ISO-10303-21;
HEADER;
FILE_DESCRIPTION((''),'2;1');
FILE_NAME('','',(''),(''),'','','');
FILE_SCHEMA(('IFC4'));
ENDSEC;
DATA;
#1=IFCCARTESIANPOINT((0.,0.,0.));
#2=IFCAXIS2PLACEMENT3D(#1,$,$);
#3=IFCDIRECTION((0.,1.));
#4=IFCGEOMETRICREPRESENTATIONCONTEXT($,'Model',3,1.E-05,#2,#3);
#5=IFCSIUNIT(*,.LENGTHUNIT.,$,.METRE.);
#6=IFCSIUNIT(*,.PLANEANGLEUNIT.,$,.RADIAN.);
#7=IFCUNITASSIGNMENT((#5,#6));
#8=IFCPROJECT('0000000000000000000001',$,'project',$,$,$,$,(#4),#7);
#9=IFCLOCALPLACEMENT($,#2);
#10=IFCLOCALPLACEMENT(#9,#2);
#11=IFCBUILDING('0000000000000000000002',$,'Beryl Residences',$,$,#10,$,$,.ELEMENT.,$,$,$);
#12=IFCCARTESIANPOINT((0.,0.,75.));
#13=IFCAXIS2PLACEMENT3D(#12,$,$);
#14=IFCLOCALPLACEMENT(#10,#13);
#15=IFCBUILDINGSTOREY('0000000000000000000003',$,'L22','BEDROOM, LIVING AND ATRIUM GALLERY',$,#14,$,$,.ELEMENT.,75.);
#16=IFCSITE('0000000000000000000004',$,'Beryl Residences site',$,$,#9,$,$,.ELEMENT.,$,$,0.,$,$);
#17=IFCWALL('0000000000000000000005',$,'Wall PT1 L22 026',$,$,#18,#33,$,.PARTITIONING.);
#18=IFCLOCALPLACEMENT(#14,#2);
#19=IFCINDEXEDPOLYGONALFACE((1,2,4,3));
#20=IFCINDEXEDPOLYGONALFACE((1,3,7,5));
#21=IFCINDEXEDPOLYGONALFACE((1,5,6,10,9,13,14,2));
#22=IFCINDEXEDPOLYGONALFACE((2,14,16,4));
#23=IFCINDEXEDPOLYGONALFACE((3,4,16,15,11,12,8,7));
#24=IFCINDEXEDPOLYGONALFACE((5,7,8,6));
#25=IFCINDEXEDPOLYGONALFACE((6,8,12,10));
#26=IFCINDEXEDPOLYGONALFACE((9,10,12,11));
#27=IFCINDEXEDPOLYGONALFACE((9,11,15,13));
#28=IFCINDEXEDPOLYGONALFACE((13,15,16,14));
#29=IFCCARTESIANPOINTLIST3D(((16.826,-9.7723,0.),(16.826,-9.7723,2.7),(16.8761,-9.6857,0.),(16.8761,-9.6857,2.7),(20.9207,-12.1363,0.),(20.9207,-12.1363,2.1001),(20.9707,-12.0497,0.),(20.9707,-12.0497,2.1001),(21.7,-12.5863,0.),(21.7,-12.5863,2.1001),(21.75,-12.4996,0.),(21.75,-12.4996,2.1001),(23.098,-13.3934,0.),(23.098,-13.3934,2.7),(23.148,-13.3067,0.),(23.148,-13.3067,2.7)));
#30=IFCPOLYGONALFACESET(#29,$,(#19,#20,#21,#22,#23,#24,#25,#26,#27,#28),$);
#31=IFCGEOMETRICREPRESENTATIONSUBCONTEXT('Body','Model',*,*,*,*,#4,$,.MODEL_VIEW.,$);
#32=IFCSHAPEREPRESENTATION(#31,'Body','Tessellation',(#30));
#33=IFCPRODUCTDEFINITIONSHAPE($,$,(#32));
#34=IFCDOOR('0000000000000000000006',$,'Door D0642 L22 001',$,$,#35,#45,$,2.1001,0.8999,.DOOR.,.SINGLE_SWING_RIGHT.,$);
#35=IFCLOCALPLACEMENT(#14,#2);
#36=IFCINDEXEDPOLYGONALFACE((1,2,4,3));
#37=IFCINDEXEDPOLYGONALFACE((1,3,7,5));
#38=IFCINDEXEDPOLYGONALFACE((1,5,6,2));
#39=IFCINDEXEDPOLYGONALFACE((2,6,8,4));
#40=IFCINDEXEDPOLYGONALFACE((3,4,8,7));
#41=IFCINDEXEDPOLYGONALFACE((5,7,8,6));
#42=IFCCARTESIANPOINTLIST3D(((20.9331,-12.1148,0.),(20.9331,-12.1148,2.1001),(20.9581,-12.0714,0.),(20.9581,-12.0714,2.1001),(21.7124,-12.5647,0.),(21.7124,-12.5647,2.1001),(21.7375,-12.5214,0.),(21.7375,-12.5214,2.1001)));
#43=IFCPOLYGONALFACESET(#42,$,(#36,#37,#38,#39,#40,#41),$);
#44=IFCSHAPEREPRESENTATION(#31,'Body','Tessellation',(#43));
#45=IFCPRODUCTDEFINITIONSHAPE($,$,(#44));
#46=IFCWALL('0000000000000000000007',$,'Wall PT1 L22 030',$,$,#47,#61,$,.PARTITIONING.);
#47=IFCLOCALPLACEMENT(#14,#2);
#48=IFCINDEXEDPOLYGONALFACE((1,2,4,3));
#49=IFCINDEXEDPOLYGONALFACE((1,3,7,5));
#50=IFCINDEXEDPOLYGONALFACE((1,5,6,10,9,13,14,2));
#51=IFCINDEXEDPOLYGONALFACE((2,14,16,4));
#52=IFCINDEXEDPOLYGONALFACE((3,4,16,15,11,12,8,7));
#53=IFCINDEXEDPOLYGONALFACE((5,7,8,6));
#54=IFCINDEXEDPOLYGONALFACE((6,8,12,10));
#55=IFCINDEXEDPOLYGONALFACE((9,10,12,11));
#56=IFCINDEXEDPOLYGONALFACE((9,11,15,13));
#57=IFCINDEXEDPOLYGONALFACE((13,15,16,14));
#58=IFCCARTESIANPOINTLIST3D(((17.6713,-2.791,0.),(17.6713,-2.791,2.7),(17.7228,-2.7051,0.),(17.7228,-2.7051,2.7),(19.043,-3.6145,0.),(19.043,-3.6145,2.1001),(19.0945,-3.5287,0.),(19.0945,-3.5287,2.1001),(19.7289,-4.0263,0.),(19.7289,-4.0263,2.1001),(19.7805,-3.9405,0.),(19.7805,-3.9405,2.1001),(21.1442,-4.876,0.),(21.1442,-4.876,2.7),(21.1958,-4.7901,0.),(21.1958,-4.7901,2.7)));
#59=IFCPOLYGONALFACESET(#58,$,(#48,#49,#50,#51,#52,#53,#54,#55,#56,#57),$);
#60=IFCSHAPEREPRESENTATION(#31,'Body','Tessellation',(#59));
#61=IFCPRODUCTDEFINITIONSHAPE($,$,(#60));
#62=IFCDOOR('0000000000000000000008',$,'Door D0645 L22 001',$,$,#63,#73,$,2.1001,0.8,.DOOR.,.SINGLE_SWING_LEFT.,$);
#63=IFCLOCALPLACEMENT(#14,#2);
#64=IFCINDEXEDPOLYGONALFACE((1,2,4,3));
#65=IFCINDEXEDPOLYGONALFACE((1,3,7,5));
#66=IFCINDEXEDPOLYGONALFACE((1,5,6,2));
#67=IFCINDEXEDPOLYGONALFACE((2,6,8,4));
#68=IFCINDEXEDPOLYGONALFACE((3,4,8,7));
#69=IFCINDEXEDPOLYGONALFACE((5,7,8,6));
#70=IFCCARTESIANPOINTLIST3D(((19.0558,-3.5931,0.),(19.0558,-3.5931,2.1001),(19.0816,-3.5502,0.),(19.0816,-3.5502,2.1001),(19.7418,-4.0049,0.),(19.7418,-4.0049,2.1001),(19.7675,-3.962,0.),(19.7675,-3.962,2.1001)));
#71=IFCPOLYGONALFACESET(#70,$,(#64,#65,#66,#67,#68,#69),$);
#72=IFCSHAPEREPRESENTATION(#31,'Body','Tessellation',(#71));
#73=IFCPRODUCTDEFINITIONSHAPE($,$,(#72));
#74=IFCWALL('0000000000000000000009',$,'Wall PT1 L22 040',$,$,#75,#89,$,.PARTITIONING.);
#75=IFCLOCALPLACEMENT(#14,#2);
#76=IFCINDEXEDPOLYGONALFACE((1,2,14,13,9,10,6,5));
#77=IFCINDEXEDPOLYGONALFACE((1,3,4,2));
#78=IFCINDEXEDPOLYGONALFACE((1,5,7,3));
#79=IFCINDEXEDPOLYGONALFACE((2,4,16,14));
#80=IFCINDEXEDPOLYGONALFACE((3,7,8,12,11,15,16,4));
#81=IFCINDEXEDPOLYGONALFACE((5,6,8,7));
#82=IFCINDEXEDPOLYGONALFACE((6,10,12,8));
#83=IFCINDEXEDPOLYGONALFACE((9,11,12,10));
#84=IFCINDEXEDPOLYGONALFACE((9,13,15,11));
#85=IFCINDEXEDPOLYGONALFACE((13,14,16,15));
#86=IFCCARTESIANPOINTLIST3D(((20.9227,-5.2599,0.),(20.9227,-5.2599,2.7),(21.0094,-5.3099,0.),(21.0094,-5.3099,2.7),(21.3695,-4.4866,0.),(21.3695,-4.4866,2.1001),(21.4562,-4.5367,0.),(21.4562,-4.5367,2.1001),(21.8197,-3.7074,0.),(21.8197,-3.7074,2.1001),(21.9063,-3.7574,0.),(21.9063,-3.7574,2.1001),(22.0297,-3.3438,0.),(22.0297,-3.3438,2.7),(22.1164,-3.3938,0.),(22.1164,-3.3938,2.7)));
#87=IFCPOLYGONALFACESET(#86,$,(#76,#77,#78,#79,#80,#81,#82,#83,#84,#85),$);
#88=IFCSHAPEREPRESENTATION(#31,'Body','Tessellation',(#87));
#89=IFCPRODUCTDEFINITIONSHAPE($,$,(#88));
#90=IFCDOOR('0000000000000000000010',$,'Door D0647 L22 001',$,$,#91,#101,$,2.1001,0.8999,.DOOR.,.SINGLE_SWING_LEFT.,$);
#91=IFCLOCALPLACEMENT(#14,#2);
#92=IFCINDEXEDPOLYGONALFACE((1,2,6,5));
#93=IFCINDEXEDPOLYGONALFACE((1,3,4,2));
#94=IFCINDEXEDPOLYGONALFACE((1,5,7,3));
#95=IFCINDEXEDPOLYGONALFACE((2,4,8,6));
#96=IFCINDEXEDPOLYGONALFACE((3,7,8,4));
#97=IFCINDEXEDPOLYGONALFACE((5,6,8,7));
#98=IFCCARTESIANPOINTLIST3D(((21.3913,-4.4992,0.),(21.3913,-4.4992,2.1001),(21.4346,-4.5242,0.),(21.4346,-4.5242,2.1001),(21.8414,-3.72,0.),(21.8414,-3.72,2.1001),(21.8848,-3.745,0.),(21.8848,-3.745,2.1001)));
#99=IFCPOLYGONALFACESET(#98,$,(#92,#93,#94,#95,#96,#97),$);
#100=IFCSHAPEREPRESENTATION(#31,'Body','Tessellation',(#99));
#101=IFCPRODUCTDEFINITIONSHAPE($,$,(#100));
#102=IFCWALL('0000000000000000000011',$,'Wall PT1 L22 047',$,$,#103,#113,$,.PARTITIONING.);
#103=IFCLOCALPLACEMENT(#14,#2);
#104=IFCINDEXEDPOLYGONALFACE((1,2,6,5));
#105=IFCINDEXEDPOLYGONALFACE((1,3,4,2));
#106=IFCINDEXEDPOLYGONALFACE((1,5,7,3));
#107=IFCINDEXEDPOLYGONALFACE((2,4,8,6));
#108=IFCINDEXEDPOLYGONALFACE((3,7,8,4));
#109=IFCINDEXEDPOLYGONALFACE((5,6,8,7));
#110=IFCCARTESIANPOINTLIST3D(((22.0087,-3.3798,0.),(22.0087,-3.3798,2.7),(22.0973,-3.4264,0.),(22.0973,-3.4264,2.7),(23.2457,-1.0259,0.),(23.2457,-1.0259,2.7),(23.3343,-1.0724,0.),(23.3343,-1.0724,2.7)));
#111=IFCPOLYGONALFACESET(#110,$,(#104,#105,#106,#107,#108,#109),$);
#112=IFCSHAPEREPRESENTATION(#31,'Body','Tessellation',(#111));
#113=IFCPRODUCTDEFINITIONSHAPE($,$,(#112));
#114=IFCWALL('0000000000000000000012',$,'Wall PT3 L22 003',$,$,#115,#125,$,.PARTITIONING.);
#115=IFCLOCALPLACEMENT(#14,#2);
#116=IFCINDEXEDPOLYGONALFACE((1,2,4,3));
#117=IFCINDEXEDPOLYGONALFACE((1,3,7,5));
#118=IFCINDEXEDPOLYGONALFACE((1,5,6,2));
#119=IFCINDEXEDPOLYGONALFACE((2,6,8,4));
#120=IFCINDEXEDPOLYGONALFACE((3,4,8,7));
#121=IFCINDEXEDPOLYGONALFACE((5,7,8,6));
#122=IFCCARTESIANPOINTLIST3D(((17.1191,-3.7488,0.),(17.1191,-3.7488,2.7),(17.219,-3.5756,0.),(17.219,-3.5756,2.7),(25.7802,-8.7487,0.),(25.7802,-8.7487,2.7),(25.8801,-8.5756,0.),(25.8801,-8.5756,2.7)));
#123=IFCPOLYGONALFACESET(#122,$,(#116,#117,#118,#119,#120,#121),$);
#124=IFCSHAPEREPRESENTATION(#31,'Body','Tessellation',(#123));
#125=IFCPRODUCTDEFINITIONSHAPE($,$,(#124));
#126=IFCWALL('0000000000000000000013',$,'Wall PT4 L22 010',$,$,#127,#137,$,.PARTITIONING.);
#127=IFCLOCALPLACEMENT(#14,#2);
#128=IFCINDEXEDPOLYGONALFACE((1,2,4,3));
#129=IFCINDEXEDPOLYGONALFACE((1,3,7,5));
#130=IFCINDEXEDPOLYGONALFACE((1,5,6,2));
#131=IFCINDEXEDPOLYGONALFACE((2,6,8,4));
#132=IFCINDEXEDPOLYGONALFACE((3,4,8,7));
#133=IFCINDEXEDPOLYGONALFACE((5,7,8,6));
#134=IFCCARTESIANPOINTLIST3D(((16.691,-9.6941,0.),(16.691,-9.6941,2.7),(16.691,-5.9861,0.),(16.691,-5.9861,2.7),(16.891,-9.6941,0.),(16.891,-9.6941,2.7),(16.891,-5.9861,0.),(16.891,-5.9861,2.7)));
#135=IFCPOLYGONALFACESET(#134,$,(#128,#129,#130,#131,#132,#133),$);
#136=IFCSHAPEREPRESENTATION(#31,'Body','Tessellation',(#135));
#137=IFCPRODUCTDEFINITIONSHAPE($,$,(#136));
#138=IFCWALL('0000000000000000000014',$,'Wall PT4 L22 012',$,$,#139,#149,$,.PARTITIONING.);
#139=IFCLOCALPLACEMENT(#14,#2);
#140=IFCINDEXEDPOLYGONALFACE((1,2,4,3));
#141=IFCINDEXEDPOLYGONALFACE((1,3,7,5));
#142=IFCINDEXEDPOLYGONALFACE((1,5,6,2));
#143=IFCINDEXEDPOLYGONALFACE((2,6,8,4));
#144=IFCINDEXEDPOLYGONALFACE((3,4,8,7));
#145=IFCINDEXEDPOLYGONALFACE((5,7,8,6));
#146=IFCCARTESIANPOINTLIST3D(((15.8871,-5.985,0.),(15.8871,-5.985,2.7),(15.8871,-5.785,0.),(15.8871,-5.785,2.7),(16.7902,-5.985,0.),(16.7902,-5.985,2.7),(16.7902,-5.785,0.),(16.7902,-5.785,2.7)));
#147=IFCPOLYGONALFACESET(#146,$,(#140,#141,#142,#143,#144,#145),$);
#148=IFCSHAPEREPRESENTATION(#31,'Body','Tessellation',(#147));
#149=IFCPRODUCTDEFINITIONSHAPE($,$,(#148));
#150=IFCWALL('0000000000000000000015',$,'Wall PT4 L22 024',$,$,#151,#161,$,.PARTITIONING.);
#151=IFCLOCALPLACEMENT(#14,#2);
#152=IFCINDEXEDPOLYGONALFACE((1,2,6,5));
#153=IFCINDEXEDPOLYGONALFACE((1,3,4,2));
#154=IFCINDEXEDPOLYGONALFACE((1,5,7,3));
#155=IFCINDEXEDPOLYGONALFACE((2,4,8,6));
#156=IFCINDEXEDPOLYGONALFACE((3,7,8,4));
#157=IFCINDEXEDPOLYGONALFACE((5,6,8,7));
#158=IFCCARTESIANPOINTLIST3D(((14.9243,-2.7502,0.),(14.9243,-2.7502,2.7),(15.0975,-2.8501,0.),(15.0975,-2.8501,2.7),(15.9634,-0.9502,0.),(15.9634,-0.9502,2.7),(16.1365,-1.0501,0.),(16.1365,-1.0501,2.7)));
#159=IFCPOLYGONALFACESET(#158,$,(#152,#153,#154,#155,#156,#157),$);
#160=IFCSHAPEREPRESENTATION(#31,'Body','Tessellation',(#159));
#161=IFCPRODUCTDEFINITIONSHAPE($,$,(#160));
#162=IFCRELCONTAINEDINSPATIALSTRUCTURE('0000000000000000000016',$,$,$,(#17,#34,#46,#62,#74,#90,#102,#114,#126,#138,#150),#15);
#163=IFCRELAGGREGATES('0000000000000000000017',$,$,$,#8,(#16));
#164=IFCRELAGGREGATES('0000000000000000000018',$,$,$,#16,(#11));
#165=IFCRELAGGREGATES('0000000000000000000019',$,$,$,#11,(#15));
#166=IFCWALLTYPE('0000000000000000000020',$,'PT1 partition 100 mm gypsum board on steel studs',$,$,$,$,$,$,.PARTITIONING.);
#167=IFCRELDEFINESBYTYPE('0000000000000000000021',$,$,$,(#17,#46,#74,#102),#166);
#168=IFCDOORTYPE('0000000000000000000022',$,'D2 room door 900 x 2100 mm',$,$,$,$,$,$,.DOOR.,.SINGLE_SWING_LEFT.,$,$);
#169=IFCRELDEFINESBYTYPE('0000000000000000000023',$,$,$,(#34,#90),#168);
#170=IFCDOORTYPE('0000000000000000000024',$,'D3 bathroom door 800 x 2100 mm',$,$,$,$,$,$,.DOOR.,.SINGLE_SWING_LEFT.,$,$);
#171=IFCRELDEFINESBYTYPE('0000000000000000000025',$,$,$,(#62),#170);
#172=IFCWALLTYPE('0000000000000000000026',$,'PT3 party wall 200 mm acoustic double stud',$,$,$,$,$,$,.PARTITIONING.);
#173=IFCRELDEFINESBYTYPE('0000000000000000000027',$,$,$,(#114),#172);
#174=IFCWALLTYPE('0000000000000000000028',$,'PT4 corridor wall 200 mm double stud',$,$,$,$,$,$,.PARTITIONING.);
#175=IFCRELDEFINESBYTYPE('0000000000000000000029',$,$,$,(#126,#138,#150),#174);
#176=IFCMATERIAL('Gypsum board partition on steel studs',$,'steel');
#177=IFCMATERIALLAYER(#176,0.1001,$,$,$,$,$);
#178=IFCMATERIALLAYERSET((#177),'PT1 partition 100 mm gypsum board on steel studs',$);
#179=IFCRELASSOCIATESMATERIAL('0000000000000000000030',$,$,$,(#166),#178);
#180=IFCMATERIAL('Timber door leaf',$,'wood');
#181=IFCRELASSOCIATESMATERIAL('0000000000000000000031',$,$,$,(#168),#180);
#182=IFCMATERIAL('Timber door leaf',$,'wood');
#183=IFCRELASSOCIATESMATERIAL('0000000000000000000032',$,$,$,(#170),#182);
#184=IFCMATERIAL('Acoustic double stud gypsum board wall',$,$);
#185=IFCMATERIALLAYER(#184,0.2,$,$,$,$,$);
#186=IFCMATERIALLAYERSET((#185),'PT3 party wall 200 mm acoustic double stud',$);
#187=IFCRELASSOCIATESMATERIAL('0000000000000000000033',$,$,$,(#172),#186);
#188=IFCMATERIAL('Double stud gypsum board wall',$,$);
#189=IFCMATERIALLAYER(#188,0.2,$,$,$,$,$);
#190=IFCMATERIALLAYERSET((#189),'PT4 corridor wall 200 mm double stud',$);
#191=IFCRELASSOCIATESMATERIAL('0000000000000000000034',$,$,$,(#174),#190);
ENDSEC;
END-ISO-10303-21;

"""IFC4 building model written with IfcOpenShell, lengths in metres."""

from ifc_helpers import new_model, si_unit, direction, frame, frame_2d, origin, place, context, subcontext, project, spatial, rectangle, extrude, material, layer, layer_set, type_object, element, fill, save


model = new_model("IFC4")

# Units and contexts
model_context = context("Model", 3, precision=1e-05, world=origin(), true_north=direction((0.0, 1.0)))
body_context = subcontext(model_context, "Body", "Model", "MODEL_VIEW")
ifc_project = project(units=[si_unit("LENGTHUNIT", "METRE"), si_unit("PLANEANGLEUNIT", "RADIAN")], contexts=[model_context])

# Site, building, storey
site_placement = place(None, origin())
site = spatial("IfcSite", under=ifc_project, at=site_placement, Name="Beryl Residences site", CompositionType="ELEMENT", RefElevation=0.0)
building_placement = place(site_placement, origin())
building = spatial("IfcBuilding", under=site, at=building_placement, Name="Beryl Residences", CompositionType="ELEMENT")
storey_placement = place(building_placement, frame((0.0, 0.0, 75.0)))
storey = spatial("IfcBuildingStorey", under=building, at=storey_placement, Name="L22", Description="BEDROOM, LIVING AND ATRIUM GALLERY", CompositionType="ELEMENT", Elevation=75.0)

# Shared definitions
ifc_material_1 = material(Name="Gypsum board partition on steel studs", Category="steel")
ifc_layer_1 = layer(ifc_material_1, 0.1001)
ifc_layer_set_1 = layer_set([ifc_layer_1], Name="PT1 partition 100 mm gypsum board on steel studs")
wall_type_1 = type_object("IfcWallType", Name="PT1 partition 100 mm gypsum board on steel studs", PredefinedType="PARTITIONING", material=ifc_layer_set_1)

# Walls, openings, doors
wall_1_placement = place(storey_placement, frame((16.8511, -9.729, 0.0), z_axis=(0.0, 0.0, 1.0), x_axis=(0.866027, -0.499997, 0.0)))
wall_1 = element("IfcWall", 1, at=wall_1_placement, inside=storey, type_object=wall_type_1, Name="Wall PT1 L22 026", PredefinedType="PARTITIONING", context=body_context, shape_type="SweptSolid", body=[
    extrude(rectangle(XDim=7.2422, YDim=0.1001, at=frame_2d((3.6211, 0.0))), origin(), (0.0, 0.0, 1.0), 2.7),
])
opening_1_placement = place(wall_1_placement, frame((4.728, 0.0, 0.0)))
opening_1 = element("IfcOpeningElement", 2, at=opening_1_placement, cuts=wall_1, PredefinedType="OPENING", context=body_context, shape_type="SweptSolid", body=[
    extrude(rectangle(XDim=0.8999, YDim=2.1001, at=frame_2d((0.45, 1.05))), frame((0.0, 0.0601, 0.0), z_axis=(0.0, -1.0, 0.0), x_axis=(1.0, 0.0, 0.0)), (0.0, 0.0, 1.0), 0.1201),
])
ifc_material_2 = material(Name="Timber door leaf", Category="wood")
door_type_1 = type_object("IfcDoorType", Name="D2 room door 900 x 2100 mm", OperationType="SINGLE_SWING_LEFT", PredefinedType="DOOR", material=ifc_material_2)
door_1_placement = place(opening_1_placement, origin())
door_1 = element("IfcDoor", 3, at=door_1_placement, inside=storey, type_object=door_type_1, Name="Door D0642 L22 001", OperationType="SINGLE_SWING_RIGHT", OverallHeight=2.1001, OverallWidth=0.8999, PredefinedType="DOOR", context=body_context, shape_type="SweptSolid", body=[
    extrude(rectangle(XDim=0.8999, YDim=2.1001, at=frame_2d((0.45, 1.05))), frame((0.0, 0.0249, 0.0), z_axis=(0.0, -1.0, 0.0), x_axis=(1.0, 0.0, 0.0)), (0.0, 0.0, 1.0), 0.05),
])
fill(opening_1, door_1)
wall_2_placement = place(storey_placement, frame((17.697, -2.748, 0.0), z_axis=(0.0, 0.0, 1.0), x_axis=(0.85736, -0.514717, 0.0)))
wall_2 = element("IfcWall", 4, at=wall_2_placement, inside=storey, type_object=wall_type_1, Name="Wall PT1 L22 030", PredefinedType="PARTITIONING", context=body_context, shape_type="SweptSolid", body=[
    extrude(rectangle(XDim=4.0508, YDim=0.1001, at=frame_2d((2.0254, 0.0))), origin(), (0.0, 0.0, 1.0), 2.7),
])
opening_2_placement = place(wall_2_placement, frame((1.6001, 0.0, 0.0)))
opening_2 = element("IfcOpeningElement", 5, at=opening_2_placement, cuts=wall_2, PredefinedType="OPENING", context=body_context, shape_type="SweptSolid", body=[
    extrude(rectangle(XDim=0.8, YDim=2.1001, at=frame_2d((0.3999, 1.05))), frame((0.0, 0.0601, 0.0), z_axis=(0.0, -1.0, 0.0), x_axis=(1.0, 0.0, 0.0)), (0.0, 0.0, 1.0), 0.1201),
])
ifc_material_3 = material(Name="Timber door leaf", Category="wood")
door_type_2 = type_object("IfcDoorType", Name="D3 bathroom door 800 x 2100 mm", OperationType="SINGLE_SWING_LEFT", PredefinedType="DOOR", material=ifc_material_3)
door_2_placement = place(opening_2_placement, origin())
door_2 = element("IfcDoor", 6, at=door_2_placement, inside=storey, type_object=door_type_2, Name="Door D0645 L22 001", OperationType="SINGLE_SWING_LEFT", OverallHeight=2.1001, OverallWidth=0.8, PredefinedType="DOOR", context=body_context, shape_type="SweptSolid", body=[
    extrude(rectangle(XDim=0.8, YDim=2.1001, at=frame_2d((0.3999, 1.05))), frame((0.0, 0.0249, 0.0), z_axis=(0.0, -1.0, 0.0), x_axis=(1.0, 0.0, 0.0)), (0.0, 0.0, 1.0), 0.05),
])
fill(opening_2, door_2)
wall_3_placement = place(storey_placement, frame((20.9661, -5.2849, 0.0), z_axis=(0.0, 0.0, 1.0), x_axis=(0.500245, 0.865884, 0.0)))
wall_3 = element("IfcWall", 7, at=wall_3_placement, inside=storey, type_object=wall_type_1, Name="Wall PT1 L22 040", PredefinedType="PARTITIONING", context=body_context, shape_type="SweptSolid", body=[
    extrude(rectangle(XDim=2.2129, YDim=0.1001, at=frame_2d((1.1064, 0.0))), origin(), (0.0, 0.0, 1.0), 2.7),
])
opening_3_placement = place(wall_3_placement, frame((0.8931, 0.0, 0.0)))
opening_3 = element("IfcOpeningElement", 8, at=opening_3_placement, cuts=wall_3, PredefinedType="OPENING", context=body_context, shape_type="SweptSolid", body=[
    extrude(rectangle(XDim=0.8999, YDim=2.1001, at=frame_2d((0.45, 1.05))), frame((0.0, 0.0601, 0.0), z_axis=(0.0, -1.0, 0.0), x_axis=(1.0, 0.0, 0.0)), (0.0, 0.0, 1.0), 0.1201),
])
door_3_placement = place(opening_3_placement, origin())
door_3 = element("IfcDoor", 9, at=door_3_placement, inside=storey, type_object=door_type_1, Name="Door D0647 L22 001", OperationType="SINGLE_SWING_LEFT", OverallHeight=2.1001, OverallWidth=0.8999, PredefinedType="DOOR", context=body_context, shape_type="SweptSolid", body=[
    extrude(rectangle(XDim=0.8999, YDim=2.1001, at=frame_2d((0.45, 1.05))), frame((0.0, 0.0249, 0.0), z_axis=(0.0, -1.0, 0.0), x_axis=(1.0, 0.0, 0.0)), (0.0, 0.0, 1.0), 0.05),
])
fill(opening_3, door_3)

# Walls
wall_4_placement = place(storey_placement, frame((22.053, -3.4031, 0.0), z_axis=(0.0, 0.0, 1.0), x_axis=(0.46519, 0.885211, 0.0)))
element("IfcWall", 10, at=wall_4_placement, inside=storey, type_object=wall_type_1, Name="Wall PT1 L22 047", PredefinedType="PARTITIONING", context=body_context, shape_type="SweptSolid", body=[
    extrude(rectangle(XDim=2.6592, YDim=0.1001, at=frame_2d((1.3296, 0.0))), origin(), (0.0, 0.0, 1.0), 2.7),
])
ifc_material_4 = material(Name="Acoustic double stud gypsum board wall")
ifc_layer_2 = layer(ifc_material_4, 0.2)
ifc_layer_set_2 = layer_set([ifc_layer_2], Name="PT3 party wall 200 mm acoustic double stud")
wall_type_2 = type_object("IfcWallType", Name="PT3 party wall 200 mm acoustic double stud", PredefinedType="PARTITIONING", material=ifc_layer_set_2)
wall_5_placement = place(storey_placement, frame((17.1689, -3.6621, 0.0), z_axis=(0.0, 0.0, 1.0), x_axis=(0.866047, -0.499962, 0.0)))
element("IfcWall", 11, at=wall_5_placement, inside=storey, type_object=wall_type_2, Name="Wall PT3 L22 003", PredefinedType="PARTITIONING", context=body_context, shape_type="SweptSolid", body=[
    extrude(rectangle(XDim=10.0007, YDim=0.2, at=frame_2d((5.0005, 0.0))), origin(), (0.0, 0.0, 1.0), 2.7),
])
ifc_material_5 = material(Name="Double stud gypsum board wall")
ifc_layer_3 = layer(ifc_material_5, 0.2)
ifc_layer_set_3 = layer_set([ifc_layer_3], Name="PT4 corridor wall 200 mm double stud")
wall_type_3 = type_object("IfcWallType", Name="PT4 corridor wall 200 mm double stud", PredefinedType="PARTITIONING", material=ifc_layer_set_3)
wall_6_placement = place(storey_placement, frame((16.791, -5.9861, 0.0), z_axis=(0.0, 0.0, 1.0), x_axis=(0.0, -1.0, 0.0)))
element("IfcWall", 12, at=wall_6_placement, inside=storey, type_object=wall_type_3, Name="Wall PT4 L22 010", PredefinedType="PARTITIONING", context=body_context, shape_type="SweptSolid", body=[
    extrude(rectangle(XDim=3.708, YDim=0.2, at=frame_2d((1.854, 0.0))), origin(), (0.0, 0.0, 1.0), 2.7),
])
wall_7_placement = place(storey_placement, frame((15.887, -5.885, 0.0), z_axis=(0.0, 0.0, 1.0), x_axis=(1.0, 0.0, 0.0)))
element("IfcWall", 13, at=wall_7_placement, inside=storey, type_object=wall_type_3, Name="Wall PT4 L22 012", PredefinedType="PARTITIONING", context=body_context, shape_type="SweptSolid", body=[
    extrude(rectangle(XDim=0.9031, YDim=0.2, at=frame_2d((0.4517, 0.0))), origin(), (0.0, 0.0, 1.0), 2.7),
])
wall_8_placement = place(storey_placement, frame((15.011, -2.8, 0.0), z_axis=(0.0, 0.0, 1.0), x_axis=(0.499929, 0.866066, 0.0)))
element("IfcWall", 14, at=wall_8_placement, inside=storey, type_object=wall_type_3, Name="Wall PT4 L22 024", PredefinedType="PARTITIONING", context=body_context, shape_type="SweptSolid", body=[
    extrude(rectangle(XDim=2.0784, YDim=0.2, at=frame_2d((1.0391, 0.0))), origin(), (0.0, 0.0, 1.0), 2.7),
])

save(model, "model.ifc")
